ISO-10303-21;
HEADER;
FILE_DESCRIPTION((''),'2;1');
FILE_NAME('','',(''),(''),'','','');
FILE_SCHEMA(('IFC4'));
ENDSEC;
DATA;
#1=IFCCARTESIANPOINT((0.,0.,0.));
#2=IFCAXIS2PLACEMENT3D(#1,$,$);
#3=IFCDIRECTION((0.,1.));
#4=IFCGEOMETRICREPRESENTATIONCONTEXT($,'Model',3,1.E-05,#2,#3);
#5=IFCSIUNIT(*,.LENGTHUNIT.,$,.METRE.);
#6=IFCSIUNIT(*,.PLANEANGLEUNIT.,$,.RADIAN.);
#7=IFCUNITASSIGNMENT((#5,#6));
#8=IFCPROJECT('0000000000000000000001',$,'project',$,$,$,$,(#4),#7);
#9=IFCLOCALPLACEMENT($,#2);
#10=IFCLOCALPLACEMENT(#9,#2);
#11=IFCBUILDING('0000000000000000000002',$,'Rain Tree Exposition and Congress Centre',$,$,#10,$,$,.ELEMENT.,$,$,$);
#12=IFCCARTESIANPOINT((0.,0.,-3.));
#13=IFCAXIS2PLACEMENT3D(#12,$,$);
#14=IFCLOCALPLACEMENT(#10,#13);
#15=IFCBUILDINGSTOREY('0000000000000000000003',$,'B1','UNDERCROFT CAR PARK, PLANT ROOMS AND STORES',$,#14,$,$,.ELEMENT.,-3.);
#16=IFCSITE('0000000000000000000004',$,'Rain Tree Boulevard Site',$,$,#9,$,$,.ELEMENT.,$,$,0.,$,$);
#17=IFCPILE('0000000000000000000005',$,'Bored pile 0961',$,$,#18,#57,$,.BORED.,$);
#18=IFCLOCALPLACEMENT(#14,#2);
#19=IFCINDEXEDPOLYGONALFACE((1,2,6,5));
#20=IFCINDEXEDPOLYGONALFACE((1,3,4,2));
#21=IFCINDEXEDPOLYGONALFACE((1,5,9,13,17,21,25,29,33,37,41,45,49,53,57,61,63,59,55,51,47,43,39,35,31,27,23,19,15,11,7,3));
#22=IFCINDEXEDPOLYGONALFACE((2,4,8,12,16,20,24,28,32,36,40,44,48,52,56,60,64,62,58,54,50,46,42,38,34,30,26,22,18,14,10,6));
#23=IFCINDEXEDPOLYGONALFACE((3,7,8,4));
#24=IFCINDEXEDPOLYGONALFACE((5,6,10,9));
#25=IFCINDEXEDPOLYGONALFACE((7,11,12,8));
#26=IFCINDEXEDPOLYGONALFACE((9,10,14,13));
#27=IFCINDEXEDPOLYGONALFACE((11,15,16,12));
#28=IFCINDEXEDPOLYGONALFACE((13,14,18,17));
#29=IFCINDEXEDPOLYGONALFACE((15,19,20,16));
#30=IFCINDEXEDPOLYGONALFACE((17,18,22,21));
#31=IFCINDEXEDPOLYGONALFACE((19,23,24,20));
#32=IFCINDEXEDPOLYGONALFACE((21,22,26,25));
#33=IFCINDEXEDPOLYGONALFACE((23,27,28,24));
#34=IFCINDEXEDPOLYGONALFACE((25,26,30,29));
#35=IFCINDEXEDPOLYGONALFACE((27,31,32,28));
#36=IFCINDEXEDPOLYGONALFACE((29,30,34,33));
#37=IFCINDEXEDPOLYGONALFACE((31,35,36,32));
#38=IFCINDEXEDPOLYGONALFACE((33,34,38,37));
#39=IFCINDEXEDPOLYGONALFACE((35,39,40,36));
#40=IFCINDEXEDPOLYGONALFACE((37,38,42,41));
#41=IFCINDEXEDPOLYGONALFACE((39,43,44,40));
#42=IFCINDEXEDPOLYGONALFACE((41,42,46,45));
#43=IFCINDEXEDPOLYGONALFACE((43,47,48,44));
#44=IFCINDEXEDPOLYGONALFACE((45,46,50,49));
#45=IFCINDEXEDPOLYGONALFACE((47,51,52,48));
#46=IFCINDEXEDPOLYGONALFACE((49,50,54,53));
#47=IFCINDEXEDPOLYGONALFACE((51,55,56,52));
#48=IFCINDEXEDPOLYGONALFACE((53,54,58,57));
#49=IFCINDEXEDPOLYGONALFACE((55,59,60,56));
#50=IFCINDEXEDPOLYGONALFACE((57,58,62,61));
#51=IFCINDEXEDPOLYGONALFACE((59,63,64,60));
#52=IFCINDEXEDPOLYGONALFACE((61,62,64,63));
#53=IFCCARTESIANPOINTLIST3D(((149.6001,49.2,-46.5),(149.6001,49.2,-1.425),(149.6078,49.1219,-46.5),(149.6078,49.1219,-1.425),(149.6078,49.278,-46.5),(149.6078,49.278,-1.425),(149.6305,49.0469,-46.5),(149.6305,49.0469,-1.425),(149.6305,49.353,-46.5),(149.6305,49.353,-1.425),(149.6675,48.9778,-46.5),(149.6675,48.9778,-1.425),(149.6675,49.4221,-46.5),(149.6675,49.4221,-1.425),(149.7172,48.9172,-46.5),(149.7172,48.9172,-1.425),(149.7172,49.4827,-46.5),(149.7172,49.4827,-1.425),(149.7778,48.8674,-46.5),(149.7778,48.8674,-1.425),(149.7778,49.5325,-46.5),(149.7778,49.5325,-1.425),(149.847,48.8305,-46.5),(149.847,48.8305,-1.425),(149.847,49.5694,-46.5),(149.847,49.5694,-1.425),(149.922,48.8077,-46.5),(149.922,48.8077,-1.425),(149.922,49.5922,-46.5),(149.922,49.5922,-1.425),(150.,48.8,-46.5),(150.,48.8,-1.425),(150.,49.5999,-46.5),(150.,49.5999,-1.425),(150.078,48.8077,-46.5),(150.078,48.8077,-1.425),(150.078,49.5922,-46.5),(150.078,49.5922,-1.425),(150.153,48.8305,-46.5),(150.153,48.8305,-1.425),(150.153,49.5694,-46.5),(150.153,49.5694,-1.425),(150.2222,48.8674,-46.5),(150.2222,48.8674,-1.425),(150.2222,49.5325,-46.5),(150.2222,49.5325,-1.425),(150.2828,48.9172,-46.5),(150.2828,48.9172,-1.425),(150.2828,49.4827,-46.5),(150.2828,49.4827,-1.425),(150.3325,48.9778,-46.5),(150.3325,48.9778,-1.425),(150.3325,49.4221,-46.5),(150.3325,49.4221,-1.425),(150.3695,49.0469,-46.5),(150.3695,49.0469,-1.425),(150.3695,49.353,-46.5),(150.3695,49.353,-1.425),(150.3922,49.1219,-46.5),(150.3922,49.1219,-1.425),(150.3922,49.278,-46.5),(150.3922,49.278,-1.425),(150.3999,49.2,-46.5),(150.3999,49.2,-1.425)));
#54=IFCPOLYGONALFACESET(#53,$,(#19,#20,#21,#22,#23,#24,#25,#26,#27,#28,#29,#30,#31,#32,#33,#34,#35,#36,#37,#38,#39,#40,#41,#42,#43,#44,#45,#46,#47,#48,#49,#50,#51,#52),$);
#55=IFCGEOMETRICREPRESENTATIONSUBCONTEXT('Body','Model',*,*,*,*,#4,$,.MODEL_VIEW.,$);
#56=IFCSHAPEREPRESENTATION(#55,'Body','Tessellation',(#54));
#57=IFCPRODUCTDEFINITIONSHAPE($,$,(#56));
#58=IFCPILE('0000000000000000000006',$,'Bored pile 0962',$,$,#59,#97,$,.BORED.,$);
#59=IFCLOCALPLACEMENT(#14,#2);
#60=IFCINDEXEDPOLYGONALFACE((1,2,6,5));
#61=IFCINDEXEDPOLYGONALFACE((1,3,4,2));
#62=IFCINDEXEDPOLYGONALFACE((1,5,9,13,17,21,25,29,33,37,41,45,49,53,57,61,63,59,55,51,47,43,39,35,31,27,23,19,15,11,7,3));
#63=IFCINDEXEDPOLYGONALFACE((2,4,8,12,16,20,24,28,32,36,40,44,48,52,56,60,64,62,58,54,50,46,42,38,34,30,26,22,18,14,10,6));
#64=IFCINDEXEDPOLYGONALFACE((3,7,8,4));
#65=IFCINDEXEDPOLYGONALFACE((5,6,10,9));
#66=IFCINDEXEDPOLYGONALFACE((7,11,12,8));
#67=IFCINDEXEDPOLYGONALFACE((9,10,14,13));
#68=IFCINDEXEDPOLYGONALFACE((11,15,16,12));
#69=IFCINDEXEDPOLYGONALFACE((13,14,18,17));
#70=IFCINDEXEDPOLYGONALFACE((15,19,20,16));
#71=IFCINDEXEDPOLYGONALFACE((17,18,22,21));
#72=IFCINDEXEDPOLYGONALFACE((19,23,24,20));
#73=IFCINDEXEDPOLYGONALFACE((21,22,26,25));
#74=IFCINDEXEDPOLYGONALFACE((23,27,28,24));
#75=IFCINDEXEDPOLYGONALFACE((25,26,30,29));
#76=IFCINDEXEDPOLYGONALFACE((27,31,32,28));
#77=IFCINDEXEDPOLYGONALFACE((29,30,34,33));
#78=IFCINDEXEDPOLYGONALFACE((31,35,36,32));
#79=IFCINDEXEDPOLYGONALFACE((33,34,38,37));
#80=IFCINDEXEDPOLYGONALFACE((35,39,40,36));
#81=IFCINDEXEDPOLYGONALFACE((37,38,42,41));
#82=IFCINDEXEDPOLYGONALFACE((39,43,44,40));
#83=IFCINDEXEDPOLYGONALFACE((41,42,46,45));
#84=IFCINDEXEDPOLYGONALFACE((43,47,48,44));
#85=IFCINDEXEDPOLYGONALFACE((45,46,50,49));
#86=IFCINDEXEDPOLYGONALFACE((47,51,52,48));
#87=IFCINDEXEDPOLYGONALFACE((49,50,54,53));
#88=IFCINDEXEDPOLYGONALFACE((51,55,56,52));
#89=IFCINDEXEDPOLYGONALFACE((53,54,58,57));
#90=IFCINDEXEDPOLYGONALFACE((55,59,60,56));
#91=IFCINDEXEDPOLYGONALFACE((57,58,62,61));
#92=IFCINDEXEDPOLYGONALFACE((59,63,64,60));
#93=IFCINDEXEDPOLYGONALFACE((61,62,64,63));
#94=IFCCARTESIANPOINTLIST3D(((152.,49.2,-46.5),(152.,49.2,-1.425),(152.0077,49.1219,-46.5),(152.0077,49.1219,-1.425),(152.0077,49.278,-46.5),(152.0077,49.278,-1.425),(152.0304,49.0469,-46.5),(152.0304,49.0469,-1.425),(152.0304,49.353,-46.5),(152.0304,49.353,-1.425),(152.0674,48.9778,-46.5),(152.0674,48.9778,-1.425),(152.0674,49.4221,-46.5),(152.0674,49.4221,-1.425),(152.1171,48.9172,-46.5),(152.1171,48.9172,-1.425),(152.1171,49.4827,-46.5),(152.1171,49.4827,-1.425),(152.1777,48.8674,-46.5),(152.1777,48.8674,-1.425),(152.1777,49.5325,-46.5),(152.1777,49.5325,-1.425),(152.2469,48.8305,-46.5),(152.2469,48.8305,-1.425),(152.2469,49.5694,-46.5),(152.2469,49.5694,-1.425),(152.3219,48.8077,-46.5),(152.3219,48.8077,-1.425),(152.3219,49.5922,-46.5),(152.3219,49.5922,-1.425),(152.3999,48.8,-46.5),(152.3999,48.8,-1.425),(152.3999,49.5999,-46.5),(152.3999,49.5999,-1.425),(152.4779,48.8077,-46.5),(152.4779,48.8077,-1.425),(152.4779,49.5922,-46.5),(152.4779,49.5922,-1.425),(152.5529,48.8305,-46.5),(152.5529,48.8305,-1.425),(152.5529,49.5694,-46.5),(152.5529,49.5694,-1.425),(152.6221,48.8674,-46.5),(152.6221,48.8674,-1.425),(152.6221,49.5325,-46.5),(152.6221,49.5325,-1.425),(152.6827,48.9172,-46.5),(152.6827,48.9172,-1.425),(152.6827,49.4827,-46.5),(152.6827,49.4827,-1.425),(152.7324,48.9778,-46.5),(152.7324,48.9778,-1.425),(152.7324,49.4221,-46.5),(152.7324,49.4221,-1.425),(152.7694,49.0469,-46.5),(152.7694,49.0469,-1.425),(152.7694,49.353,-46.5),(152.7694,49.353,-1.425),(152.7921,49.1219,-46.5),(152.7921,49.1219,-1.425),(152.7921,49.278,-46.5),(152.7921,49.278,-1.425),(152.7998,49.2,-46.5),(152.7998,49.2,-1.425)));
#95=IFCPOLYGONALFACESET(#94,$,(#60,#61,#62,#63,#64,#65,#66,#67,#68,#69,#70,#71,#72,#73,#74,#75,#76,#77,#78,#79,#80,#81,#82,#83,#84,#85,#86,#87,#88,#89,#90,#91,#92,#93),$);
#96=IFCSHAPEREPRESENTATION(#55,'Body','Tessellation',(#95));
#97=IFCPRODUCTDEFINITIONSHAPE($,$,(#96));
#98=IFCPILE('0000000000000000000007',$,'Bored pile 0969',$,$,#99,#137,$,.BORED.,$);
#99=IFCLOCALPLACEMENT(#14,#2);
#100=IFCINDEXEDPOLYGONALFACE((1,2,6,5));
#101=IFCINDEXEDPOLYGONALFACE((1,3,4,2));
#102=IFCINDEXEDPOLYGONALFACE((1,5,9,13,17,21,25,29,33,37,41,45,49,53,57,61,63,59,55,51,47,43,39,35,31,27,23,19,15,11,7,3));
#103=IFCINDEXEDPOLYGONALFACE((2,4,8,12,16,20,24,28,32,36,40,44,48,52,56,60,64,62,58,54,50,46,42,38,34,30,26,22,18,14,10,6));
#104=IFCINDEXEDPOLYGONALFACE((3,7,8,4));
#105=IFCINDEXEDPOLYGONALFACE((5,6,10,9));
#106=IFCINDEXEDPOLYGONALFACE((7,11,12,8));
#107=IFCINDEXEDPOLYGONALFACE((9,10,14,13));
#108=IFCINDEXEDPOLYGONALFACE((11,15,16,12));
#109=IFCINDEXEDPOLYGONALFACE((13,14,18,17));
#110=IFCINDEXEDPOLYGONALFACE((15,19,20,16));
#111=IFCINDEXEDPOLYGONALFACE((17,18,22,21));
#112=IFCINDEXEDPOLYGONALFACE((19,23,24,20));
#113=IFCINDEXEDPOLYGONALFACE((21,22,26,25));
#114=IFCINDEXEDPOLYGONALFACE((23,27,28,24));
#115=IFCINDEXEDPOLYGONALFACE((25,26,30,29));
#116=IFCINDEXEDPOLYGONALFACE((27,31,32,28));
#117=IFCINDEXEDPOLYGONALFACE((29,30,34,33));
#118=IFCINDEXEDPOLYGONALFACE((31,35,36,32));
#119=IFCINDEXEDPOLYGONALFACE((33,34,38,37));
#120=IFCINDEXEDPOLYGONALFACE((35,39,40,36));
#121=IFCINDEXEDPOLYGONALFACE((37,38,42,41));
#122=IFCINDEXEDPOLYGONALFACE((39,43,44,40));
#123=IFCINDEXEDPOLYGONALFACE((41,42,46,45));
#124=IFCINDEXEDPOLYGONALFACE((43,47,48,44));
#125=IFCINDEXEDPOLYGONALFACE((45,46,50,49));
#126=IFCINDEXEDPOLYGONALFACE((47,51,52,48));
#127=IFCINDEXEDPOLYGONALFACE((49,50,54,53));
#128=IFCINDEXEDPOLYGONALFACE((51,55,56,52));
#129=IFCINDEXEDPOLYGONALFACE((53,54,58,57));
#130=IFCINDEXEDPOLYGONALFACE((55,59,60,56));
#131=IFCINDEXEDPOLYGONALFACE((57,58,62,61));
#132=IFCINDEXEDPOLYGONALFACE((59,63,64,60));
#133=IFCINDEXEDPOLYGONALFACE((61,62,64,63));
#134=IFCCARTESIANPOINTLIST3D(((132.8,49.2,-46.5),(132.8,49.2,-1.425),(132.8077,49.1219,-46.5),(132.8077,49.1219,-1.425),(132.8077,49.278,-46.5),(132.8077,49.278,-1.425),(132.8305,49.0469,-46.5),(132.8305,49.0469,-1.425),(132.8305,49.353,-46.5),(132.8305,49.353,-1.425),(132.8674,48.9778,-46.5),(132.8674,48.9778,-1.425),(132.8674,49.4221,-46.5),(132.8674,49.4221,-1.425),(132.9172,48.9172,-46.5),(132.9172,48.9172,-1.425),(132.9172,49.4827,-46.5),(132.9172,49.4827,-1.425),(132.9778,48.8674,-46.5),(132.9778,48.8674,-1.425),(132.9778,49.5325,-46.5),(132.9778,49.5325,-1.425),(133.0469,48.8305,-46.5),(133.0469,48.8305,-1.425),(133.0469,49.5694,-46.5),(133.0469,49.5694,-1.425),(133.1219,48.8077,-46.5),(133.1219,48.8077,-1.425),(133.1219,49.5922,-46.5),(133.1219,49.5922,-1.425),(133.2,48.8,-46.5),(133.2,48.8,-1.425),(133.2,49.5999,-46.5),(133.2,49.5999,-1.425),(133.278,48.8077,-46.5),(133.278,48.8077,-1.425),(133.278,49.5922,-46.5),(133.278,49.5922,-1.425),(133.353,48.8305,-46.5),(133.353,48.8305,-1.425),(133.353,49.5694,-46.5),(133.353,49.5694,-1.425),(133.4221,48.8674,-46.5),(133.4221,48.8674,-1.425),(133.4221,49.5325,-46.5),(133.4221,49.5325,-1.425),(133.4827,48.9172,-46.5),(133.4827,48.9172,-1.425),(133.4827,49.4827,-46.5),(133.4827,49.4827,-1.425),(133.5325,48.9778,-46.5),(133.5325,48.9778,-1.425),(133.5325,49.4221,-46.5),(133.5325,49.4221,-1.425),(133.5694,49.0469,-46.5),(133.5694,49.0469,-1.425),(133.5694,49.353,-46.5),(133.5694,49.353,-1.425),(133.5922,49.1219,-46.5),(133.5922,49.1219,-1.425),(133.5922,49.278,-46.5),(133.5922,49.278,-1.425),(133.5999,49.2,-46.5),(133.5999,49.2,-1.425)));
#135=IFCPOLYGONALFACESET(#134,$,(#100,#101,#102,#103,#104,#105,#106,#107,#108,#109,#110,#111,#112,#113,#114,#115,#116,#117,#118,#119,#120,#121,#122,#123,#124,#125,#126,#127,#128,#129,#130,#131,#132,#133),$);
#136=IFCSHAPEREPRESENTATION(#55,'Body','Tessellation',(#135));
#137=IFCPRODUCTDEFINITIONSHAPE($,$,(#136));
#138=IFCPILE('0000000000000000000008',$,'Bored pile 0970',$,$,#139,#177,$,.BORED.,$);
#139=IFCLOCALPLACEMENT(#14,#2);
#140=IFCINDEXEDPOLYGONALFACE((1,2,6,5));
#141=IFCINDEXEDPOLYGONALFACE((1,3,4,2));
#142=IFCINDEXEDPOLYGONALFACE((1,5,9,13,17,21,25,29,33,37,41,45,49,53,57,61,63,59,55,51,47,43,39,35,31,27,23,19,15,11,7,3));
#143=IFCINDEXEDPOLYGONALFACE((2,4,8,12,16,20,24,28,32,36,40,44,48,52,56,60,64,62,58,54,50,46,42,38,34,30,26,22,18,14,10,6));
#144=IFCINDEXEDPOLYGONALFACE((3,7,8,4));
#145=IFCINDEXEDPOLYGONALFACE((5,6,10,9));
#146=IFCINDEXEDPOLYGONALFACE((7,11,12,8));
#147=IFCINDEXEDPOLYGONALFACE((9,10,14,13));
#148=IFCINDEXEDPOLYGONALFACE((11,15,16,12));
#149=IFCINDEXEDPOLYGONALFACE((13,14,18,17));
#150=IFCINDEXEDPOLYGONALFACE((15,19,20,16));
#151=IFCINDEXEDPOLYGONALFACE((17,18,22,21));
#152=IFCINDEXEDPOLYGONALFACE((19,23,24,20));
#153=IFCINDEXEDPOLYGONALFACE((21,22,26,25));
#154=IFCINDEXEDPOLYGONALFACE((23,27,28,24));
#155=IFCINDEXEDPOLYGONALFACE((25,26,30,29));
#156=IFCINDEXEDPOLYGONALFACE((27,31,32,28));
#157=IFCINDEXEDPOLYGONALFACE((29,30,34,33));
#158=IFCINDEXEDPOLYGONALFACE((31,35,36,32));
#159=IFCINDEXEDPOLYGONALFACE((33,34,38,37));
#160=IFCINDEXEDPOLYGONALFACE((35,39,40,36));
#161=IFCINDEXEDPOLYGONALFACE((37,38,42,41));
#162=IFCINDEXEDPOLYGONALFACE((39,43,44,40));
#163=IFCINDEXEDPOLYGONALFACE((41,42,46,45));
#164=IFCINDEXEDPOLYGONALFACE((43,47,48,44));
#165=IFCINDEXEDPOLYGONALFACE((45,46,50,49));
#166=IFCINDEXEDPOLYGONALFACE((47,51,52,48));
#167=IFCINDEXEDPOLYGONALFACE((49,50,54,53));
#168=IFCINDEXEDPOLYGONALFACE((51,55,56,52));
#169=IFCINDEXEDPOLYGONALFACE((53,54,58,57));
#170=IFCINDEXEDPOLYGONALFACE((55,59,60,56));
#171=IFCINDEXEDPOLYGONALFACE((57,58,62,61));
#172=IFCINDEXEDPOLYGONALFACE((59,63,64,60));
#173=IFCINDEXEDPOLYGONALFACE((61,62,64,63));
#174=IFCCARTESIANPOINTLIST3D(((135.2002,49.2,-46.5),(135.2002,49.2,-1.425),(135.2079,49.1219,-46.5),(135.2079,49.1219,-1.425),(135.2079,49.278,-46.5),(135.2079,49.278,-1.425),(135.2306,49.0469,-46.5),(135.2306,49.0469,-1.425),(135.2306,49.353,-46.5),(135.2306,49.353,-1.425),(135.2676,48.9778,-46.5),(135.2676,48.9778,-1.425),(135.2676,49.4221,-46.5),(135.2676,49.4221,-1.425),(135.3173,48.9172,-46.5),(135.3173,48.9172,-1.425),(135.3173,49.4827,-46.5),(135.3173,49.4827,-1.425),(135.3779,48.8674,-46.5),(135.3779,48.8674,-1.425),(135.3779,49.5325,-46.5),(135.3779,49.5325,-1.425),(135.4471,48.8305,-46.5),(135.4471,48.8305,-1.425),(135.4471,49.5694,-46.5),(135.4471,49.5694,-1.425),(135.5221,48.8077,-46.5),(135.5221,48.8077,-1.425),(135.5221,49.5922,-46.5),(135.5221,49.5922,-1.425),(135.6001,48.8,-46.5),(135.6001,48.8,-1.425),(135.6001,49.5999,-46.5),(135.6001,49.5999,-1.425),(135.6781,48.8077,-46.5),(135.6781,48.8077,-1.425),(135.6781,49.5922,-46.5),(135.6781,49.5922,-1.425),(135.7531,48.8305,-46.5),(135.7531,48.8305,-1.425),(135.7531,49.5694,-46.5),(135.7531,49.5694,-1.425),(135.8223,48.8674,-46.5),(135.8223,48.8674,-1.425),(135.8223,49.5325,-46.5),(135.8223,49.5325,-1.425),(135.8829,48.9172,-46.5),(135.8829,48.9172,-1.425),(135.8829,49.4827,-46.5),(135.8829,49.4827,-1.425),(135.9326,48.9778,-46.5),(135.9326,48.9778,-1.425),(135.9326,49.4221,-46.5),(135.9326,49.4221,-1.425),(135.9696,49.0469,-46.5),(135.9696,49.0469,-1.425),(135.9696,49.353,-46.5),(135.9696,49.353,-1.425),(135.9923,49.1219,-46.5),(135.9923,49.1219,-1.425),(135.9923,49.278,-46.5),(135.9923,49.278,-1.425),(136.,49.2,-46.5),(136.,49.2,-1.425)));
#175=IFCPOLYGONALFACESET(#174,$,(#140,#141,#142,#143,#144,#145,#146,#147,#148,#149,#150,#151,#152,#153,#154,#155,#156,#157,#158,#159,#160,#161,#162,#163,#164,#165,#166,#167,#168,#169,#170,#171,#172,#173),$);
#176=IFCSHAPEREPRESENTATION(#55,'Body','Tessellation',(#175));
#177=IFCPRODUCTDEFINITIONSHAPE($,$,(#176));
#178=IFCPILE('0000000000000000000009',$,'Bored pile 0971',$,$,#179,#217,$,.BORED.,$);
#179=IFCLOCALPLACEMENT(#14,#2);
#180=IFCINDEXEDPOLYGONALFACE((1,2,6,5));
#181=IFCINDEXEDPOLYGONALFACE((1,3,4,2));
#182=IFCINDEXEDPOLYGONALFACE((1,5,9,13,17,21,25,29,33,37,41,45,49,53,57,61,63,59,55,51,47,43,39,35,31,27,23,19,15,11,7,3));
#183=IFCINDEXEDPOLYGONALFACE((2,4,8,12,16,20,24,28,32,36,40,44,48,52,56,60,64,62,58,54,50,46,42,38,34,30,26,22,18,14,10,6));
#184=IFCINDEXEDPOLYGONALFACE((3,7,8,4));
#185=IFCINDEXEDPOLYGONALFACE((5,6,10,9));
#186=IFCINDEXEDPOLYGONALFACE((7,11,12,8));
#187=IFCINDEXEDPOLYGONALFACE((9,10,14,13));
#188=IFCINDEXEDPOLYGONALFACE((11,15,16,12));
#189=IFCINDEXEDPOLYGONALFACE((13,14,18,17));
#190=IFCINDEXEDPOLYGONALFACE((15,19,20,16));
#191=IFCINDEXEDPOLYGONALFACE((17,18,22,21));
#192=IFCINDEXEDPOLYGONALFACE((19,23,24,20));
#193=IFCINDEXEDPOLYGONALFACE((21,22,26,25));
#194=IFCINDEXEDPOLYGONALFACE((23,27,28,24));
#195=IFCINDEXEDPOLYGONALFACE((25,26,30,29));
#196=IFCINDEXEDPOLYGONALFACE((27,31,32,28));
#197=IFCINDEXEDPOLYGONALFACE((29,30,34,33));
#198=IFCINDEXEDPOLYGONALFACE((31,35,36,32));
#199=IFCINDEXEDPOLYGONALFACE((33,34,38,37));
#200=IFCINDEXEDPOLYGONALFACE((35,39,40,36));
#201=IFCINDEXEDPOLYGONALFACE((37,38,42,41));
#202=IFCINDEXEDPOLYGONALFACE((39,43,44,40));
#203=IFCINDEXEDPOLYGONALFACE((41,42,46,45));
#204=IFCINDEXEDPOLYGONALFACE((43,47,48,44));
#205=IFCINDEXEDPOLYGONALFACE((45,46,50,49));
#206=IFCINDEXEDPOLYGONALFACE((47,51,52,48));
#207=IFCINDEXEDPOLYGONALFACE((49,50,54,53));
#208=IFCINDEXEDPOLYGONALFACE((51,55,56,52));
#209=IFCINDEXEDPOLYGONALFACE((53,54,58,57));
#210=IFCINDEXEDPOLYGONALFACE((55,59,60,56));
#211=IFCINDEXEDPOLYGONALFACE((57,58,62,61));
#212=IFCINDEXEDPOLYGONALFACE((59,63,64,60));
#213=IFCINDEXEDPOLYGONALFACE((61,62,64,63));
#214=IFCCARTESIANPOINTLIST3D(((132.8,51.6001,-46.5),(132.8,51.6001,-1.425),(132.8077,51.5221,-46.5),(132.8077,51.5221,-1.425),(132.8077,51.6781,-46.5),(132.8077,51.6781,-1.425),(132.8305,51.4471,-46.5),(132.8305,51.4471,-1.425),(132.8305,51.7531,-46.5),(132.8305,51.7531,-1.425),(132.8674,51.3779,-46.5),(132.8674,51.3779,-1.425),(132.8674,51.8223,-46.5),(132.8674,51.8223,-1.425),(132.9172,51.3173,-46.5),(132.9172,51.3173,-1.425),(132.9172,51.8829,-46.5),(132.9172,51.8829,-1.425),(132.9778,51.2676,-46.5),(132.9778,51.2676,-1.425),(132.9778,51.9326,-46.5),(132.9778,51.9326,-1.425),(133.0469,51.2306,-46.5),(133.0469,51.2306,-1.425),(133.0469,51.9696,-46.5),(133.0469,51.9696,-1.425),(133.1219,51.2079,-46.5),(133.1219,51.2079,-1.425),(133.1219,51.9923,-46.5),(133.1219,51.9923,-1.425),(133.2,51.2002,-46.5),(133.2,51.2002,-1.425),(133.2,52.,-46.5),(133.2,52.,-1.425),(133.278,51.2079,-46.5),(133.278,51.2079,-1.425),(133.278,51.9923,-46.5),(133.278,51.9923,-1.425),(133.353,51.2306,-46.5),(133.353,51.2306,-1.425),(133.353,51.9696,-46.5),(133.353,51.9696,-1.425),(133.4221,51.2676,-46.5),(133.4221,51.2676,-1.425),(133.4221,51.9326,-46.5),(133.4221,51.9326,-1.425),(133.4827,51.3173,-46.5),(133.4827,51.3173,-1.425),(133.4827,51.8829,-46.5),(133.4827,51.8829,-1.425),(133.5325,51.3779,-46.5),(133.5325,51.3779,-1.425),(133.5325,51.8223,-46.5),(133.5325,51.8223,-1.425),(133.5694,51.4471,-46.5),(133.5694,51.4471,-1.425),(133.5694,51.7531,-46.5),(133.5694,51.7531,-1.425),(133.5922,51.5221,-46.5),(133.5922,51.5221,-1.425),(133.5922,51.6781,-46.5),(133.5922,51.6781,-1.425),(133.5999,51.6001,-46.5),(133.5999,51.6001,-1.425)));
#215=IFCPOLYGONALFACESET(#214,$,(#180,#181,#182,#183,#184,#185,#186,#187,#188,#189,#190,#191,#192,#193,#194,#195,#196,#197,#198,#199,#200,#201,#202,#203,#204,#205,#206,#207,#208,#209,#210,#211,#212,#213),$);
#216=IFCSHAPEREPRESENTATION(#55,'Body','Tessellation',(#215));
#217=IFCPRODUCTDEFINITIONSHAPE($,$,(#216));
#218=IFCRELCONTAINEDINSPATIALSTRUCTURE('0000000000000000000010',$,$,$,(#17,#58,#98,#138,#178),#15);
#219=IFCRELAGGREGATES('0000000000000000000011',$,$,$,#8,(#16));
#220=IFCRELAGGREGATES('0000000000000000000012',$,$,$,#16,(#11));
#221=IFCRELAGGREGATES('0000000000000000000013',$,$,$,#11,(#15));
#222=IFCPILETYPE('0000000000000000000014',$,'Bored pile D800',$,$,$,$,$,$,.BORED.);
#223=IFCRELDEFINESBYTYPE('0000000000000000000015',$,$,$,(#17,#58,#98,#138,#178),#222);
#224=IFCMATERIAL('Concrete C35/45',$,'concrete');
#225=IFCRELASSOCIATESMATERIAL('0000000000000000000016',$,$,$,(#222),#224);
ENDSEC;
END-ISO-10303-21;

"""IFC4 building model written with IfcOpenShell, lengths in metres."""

from ifc_helpers import new_model, si_unit, direction, frame, origin, origin_2d, place, context, subcontext, project, spatial, circle, extrude, material, material_profile, profile_set, type_object, element, save


model = new_model("IFC4")

# Units and contexts
model_context = context("Model", 3, precision=1e-05, world=origin(), true_north=direction((0.0, 1.0)))
body_context = subcontext(model_context, "Body", "Model", "MODEL_VIEW")
ifc_project = project(units=[si_unit("LENGTHUNIT", "METRE"), si_unit("PLANEANGLEUNIT", "RADIAN")], contexts=[model_context])

# Site, building, storey
site_placement = place(None, origin())
site = spatial("IfcSite", under=ifc_project, at=site_placement, Name="Rain Tree Boulevard Site", CompositionType="ELEMENT", RefElevation=0.0)
building_placement = place(site_placement, origin())
building = spatial("IfcBuilding", under=site, at=building_placement, Name="Rain Tree Exposition and Congress Centre", CompositionType="ELEMENT")
storey_placement = place(building_placement, frame((0.0, 0.0, -3.0)))
storey = spatial("IfcBuildingStorey", under=building, at=storey_placement, Name="B1", Description="UNDERCROFT CAR PARK, PLANT ROOMS AND STORES", CompositionType="ELEMENT", Elevation=-3.0)

# Piles
ifc_material_1 = material(Name="Concrete C35/45", Category="concrete")
ifc_material_profile_1 = material_profile(ifc_material_1, circle(Radius=0.3999, at=origin_2d()), Name="D800")
ifc_profile_set_1 = profile_set([ifc_material_profile_1], Name="Concrete C35/45")
pile_type = type_object("IfcPileType", Name="Bored pile D800", PredefinedType="BORED", material=ifc_profile_set_1)
for number, where, z_axis, x_axis, name in (
    (1, (150.0, 49.2, -1.425), (0.0, 0.0, -1.0), (1.0, 0.0, 0.0), "Bored pile 0961"),
    (2, (152.3999, 49.2, -1.425), (0.0, 0.0, -1.0), (1.0, 0.0, 0.0), "Bored pile 0962"),
    (3, (133.2, 49.2, -1.425), (0.0, 0.0, -1.0), (1.0, 0.0, 0.0), "Bored pile 0969"),
    (4, (135.6001, 49.2, -1.425), (0.0, 0.0, -1.0), (1.0, 0.0, 0.0), "Bored pile 0970"),
    (5, (133.2, 51.6001, -1.425), (0.0, 0.0, -1.0), (1.0, 0.0, 0.0), "Bored pile 0971"),
):
    element("IfcPile", number, at=place(storey_placement, frame(where, z_axis=z_axis, x_axis=x_axis)), inside=storey, type_object=pile_type, Name=name, PredefinedType="BORED", context=body_context, shape_type="SweptSolid", body=[
        extrude(circle(Radius=0.3999, at=origin_2d()), origin(), (0.0, 0.0, 1.0), 45.075),
    ])

save(model, "model.ifc")
